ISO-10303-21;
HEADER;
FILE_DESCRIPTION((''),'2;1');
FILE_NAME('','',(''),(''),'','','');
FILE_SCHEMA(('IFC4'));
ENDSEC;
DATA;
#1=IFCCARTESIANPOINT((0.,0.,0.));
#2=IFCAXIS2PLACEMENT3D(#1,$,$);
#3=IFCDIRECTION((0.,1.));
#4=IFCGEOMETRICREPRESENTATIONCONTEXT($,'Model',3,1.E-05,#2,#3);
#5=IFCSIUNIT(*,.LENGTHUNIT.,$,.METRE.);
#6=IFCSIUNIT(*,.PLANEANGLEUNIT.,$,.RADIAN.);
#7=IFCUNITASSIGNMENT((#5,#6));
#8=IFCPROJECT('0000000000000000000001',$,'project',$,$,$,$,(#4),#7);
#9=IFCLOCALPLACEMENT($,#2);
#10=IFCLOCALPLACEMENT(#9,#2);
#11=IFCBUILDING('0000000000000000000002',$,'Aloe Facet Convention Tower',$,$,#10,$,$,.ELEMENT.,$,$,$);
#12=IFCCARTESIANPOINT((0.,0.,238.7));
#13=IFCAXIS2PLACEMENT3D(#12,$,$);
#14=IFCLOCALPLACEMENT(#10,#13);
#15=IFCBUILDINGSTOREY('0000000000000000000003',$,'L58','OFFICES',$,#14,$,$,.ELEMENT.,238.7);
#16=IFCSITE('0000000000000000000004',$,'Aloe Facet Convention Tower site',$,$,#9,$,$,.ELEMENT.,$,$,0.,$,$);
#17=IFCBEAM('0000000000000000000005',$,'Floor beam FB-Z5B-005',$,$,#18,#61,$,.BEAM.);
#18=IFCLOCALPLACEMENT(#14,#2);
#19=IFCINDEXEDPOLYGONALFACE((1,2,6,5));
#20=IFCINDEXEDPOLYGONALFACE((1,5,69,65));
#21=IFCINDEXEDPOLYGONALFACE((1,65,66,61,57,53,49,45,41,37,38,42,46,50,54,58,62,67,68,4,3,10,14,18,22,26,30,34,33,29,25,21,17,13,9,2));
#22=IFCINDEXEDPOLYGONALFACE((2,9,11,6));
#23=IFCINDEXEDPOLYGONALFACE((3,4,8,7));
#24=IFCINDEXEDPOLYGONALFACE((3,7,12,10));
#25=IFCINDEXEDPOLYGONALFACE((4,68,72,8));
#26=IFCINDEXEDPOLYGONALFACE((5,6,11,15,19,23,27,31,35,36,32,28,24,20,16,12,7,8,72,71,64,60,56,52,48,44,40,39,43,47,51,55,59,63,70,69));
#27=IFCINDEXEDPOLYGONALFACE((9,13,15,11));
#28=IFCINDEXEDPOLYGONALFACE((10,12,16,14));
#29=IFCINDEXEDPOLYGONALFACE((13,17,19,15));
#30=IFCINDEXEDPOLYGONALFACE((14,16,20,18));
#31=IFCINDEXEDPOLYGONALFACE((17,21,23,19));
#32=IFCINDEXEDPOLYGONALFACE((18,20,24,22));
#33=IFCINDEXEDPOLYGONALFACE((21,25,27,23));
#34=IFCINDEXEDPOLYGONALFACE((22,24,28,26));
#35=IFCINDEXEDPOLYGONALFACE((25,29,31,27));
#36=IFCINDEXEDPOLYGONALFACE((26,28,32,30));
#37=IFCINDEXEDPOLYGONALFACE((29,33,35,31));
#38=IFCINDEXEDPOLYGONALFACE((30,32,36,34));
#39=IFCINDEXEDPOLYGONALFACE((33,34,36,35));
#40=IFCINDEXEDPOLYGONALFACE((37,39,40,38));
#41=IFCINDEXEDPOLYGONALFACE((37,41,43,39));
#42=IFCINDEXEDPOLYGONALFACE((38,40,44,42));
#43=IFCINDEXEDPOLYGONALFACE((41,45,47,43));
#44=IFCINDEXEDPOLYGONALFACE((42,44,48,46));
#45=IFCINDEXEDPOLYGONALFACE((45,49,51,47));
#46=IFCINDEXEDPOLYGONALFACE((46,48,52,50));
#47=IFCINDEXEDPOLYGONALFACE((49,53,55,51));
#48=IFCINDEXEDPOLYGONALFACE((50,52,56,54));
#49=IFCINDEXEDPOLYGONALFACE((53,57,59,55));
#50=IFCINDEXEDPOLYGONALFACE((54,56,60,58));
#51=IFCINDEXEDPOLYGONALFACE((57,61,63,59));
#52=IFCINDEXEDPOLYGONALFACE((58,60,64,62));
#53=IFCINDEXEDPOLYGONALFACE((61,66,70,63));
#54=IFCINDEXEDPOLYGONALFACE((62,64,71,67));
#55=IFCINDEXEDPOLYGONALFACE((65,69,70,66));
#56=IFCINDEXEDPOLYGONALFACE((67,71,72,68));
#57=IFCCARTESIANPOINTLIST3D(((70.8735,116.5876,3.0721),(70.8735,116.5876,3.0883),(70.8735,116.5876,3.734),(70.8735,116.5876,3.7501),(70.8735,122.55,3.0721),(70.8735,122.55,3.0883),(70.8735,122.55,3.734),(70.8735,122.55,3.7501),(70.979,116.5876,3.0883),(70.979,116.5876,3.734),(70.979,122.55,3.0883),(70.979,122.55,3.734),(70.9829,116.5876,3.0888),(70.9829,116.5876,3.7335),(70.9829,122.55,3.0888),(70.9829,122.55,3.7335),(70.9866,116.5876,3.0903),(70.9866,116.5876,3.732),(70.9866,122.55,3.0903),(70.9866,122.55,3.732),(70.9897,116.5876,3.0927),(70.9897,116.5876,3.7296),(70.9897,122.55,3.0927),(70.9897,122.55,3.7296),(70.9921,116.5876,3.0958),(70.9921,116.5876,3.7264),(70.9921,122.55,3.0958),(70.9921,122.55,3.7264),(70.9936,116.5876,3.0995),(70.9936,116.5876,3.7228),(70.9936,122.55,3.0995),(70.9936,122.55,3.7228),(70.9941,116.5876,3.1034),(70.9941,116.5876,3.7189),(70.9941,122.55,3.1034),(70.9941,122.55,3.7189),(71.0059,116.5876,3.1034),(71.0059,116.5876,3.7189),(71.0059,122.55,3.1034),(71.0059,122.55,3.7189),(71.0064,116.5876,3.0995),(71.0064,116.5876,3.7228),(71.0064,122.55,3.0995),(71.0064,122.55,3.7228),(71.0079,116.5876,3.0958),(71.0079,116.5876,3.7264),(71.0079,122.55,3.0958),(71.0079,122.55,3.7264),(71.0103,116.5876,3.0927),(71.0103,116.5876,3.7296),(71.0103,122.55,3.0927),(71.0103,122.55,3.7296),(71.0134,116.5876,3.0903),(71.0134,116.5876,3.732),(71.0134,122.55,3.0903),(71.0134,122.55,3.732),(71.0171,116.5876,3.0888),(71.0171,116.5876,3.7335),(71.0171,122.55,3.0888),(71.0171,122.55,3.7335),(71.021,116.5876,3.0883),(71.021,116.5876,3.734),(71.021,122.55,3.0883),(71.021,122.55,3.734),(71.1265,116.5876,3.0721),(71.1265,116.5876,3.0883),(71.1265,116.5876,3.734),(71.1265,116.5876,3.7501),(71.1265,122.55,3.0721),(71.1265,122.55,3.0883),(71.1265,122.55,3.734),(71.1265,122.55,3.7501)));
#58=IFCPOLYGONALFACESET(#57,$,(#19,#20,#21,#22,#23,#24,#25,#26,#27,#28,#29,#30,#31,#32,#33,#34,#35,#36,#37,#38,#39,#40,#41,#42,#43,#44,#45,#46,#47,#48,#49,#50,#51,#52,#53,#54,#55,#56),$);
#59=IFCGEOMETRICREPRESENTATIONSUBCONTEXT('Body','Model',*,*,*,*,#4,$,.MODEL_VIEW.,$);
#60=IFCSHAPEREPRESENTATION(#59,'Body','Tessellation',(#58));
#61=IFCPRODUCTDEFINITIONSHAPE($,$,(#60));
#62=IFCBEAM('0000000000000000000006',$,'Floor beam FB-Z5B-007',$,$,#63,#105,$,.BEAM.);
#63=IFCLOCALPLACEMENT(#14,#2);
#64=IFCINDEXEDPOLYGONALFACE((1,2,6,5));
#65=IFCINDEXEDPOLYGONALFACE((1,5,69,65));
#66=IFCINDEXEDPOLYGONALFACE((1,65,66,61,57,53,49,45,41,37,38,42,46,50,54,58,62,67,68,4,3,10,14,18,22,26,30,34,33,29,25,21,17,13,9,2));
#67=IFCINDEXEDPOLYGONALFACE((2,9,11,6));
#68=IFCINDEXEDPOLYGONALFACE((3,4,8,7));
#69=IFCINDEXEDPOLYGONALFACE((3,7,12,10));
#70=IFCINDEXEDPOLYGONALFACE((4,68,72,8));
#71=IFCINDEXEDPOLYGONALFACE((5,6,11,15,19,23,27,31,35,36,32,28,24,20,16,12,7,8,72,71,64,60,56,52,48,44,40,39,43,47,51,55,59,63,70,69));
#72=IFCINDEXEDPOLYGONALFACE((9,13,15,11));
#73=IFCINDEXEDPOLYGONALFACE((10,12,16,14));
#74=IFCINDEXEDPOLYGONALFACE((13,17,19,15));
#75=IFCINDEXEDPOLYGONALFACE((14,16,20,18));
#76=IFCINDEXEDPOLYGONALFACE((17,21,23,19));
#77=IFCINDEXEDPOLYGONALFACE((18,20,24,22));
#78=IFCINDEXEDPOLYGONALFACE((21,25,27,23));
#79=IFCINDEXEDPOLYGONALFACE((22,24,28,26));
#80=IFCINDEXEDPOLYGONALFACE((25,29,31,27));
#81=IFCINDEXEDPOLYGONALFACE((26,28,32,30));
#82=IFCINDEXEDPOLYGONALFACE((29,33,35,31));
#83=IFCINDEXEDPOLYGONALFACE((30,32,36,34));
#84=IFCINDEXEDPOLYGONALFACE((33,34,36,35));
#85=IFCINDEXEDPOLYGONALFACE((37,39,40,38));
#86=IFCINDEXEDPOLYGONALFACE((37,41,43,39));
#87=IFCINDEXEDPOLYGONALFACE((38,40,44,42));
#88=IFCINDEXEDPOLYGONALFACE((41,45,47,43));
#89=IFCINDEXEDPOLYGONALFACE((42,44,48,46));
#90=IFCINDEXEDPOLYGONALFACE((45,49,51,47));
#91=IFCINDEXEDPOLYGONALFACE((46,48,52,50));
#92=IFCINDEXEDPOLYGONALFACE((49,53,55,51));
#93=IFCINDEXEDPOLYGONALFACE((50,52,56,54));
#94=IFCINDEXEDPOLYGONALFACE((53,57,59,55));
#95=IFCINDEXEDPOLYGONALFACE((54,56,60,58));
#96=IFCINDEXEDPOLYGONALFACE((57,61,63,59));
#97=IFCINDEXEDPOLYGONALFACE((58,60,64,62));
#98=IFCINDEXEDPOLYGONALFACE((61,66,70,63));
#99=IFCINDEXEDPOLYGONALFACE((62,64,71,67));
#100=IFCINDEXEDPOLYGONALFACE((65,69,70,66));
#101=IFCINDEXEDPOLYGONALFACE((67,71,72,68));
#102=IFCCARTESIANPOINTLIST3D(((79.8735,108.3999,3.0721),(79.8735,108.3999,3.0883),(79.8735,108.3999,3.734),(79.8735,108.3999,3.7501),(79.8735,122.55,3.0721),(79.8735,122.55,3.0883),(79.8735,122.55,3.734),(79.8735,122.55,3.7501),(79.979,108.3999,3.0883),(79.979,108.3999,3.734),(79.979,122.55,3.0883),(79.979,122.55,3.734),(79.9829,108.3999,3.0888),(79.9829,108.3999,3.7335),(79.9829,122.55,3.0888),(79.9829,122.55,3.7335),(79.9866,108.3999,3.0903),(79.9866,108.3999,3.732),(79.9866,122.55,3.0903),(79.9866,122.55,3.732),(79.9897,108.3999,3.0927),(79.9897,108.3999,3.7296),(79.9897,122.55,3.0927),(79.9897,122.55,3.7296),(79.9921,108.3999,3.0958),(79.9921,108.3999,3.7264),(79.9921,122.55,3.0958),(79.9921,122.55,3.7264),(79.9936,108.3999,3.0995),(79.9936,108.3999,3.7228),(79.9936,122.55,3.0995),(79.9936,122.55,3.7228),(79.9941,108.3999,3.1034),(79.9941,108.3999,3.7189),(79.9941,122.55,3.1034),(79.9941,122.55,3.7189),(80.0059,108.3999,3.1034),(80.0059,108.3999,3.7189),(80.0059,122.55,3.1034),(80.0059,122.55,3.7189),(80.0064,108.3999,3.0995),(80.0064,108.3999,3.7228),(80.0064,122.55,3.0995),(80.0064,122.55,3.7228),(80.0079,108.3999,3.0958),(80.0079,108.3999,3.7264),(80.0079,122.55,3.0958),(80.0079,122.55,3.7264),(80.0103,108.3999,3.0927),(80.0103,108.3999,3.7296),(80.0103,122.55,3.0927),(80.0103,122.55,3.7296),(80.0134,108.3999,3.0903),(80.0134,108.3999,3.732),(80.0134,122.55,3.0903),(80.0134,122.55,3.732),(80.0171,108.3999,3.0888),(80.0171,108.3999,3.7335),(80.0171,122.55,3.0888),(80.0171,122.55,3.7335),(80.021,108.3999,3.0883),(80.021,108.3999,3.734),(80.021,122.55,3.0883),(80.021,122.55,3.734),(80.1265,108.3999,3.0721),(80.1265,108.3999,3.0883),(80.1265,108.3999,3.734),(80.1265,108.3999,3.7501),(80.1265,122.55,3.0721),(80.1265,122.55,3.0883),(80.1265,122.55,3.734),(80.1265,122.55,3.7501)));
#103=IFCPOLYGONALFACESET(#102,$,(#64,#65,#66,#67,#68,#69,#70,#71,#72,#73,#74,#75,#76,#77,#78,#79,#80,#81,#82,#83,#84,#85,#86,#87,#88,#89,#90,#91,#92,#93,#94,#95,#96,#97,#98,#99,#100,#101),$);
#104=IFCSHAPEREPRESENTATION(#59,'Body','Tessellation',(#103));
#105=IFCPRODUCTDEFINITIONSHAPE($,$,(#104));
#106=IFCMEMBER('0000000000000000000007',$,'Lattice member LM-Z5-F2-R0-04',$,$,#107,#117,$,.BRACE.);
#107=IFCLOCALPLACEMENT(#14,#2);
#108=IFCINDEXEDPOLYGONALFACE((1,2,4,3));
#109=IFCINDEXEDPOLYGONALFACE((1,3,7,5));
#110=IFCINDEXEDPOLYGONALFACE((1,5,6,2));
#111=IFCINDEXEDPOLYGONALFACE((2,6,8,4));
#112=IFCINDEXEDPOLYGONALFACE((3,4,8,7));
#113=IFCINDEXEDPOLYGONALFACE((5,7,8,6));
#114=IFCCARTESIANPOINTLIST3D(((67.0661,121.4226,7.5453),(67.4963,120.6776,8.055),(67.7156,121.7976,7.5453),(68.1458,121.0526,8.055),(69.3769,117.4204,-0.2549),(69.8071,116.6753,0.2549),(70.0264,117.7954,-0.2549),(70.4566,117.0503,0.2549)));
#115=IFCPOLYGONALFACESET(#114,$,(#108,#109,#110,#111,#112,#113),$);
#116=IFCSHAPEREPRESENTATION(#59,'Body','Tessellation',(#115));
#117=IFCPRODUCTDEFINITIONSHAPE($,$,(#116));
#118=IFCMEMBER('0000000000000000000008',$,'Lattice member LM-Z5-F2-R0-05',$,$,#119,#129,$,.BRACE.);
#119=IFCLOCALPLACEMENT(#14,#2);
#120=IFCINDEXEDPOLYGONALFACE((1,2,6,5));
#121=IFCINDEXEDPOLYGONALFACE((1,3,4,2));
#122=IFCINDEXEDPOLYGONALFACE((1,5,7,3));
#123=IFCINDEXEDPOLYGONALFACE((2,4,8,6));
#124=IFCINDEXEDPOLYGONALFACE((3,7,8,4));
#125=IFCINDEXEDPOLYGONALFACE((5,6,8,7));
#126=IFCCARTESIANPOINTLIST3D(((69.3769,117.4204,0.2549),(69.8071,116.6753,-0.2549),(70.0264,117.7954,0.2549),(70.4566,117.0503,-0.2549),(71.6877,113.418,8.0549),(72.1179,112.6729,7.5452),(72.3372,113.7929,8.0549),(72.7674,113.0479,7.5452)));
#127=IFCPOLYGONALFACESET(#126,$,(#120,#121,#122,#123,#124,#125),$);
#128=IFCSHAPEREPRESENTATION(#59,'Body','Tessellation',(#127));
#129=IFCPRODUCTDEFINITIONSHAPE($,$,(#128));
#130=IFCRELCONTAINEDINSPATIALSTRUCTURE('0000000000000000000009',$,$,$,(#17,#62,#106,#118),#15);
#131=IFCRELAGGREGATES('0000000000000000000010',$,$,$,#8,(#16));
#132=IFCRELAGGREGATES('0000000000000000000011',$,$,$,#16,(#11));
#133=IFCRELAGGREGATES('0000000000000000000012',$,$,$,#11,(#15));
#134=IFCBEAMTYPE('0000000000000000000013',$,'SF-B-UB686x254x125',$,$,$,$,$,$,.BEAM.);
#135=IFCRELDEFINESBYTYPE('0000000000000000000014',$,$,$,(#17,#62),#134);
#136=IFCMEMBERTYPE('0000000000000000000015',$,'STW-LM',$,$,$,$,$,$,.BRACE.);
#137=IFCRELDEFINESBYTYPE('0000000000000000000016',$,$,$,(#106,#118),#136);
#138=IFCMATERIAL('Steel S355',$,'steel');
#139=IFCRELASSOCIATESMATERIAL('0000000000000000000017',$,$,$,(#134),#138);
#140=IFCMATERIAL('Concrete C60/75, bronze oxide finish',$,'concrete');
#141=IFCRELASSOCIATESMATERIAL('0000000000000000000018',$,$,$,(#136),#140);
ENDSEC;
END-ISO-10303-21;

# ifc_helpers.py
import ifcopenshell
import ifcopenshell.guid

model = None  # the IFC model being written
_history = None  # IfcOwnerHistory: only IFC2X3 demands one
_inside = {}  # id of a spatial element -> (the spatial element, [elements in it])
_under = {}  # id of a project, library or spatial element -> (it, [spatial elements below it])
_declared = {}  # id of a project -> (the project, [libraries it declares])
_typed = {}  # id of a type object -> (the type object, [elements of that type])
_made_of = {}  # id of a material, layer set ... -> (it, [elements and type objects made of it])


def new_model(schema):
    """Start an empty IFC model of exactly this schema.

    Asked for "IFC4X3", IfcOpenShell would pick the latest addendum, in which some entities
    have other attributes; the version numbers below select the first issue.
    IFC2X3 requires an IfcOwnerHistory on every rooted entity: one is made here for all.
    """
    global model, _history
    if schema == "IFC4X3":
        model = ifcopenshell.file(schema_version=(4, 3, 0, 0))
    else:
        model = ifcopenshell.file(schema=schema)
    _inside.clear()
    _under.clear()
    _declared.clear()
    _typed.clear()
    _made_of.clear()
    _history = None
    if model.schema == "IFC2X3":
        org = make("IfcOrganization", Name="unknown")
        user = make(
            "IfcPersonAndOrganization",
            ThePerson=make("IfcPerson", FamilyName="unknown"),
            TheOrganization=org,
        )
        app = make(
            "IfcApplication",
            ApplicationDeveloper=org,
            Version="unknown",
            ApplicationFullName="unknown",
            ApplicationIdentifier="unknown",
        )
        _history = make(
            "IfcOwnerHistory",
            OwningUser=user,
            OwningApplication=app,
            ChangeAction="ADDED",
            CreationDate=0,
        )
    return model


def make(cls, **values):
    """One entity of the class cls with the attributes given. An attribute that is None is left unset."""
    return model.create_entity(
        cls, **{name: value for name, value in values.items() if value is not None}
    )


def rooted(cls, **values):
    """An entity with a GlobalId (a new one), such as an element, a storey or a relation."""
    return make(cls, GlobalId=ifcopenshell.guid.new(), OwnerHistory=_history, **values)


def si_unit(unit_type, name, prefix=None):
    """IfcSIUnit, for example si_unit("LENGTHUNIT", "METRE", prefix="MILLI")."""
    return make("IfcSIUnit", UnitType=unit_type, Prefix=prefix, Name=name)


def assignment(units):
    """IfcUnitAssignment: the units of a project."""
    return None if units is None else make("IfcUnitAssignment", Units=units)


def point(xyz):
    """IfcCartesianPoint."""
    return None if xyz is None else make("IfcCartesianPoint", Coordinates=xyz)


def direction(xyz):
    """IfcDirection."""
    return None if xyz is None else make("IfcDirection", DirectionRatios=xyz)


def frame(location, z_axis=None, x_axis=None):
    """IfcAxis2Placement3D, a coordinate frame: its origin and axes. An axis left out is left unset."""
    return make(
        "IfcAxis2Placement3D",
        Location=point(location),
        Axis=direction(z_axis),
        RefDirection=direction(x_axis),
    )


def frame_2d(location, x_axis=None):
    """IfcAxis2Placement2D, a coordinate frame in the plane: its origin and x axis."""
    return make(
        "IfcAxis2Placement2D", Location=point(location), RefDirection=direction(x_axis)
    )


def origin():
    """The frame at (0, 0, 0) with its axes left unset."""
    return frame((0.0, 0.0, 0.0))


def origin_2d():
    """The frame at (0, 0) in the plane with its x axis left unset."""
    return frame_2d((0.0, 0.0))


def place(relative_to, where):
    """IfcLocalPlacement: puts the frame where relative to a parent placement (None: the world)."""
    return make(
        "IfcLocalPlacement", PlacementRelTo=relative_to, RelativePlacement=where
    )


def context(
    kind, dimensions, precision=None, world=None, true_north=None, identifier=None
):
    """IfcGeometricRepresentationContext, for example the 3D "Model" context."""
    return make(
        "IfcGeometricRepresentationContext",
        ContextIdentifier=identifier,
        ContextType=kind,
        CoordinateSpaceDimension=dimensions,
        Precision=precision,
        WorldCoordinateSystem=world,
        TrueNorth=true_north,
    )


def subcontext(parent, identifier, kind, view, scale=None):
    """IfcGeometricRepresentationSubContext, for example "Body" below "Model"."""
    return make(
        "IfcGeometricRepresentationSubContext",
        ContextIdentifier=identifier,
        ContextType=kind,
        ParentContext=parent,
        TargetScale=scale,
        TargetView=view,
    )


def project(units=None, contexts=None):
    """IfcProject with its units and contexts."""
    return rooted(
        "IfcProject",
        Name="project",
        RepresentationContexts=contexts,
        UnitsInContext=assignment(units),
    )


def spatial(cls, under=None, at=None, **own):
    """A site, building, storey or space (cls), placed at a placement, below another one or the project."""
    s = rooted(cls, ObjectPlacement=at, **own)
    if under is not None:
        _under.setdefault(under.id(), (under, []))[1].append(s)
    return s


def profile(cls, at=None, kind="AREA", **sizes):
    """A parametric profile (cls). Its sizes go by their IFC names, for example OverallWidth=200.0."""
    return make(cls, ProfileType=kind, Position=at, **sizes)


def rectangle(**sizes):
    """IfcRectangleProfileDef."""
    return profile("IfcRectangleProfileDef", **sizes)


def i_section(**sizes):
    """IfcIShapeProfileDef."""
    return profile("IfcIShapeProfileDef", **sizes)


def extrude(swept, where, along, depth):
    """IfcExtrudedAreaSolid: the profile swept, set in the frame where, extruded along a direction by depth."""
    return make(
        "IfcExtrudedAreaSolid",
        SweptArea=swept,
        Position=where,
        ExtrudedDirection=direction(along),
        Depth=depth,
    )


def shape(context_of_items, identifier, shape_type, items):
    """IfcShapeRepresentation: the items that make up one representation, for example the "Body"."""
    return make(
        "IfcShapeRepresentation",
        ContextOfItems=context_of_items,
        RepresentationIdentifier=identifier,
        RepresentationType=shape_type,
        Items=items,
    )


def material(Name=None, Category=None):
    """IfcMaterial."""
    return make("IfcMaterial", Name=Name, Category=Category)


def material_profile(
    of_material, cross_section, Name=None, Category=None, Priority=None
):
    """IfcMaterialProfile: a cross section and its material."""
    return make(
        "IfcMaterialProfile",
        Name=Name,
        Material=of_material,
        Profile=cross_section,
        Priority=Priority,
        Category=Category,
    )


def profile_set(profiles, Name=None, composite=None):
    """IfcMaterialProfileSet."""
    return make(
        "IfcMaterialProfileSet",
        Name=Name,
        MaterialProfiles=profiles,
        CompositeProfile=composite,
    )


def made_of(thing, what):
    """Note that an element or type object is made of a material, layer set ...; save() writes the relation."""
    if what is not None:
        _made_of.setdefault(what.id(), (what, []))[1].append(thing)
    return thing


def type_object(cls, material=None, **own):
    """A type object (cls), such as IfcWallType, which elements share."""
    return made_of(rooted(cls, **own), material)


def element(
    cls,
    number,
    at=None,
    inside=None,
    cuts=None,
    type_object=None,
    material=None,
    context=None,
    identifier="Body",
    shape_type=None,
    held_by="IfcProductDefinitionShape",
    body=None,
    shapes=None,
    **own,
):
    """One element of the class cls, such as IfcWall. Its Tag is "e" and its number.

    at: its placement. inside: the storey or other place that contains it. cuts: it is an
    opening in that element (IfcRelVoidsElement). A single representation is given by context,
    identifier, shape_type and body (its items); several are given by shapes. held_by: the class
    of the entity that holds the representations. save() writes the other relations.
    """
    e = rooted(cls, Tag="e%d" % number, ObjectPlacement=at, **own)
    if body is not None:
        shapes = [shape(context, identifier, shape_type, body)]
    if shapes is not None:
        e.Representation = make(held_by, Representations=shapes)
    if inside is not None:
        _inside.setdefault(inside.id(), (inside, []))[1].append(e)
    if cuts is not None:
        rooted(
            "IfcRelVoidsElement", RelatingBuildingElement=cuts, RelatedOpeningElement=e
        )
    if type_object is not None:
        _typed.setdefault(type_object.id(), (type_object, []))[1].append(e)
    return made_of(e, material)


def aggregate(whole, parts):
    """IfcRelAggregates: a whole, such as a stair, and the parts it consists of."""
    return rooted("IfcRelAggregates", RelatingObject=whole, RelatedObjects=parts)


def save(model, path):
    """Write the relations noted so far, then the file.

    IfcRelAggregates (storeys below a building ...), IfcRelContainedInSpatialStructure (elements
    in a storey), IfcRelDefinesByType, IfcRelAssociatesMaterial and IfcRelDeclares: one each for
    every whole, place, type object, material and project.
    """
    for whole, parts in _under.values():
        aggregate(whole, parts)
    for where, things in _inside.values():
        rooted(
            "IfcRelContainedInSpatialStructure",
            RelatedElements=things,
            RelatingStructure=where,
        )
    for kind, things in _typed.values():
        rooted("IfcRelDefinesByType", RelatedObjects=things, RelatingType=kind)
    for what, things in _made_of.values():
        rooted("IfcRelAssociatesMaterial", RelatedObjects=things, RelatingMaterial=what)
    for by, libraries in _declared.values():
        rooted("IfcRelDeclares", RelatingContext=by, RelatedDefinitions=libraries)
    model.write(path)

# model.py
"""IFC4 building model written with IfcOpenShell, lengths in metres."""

from ifc_helpers import new_model, si_unit, direction, frame, origin, origin_2d, place, context, subcontext, project, spatial, rectangle, i_section, extrude, material, material_profile, profile_set, type_object, element, save


model = new_model("IFC4")

# Units and contexts
model_context = context("Model", 3, precision=1e-05, world=origin(), true_north=direction((0.0, 1.0)))
body_context = subcontext(model_context, "Body", "Model", "MODEL_VIEW")
ifc_project = project(units=[si_unit("LENGTHUNIT", "METRE"), si_unit("PLANEANGLEUNIT", "RADIAN")], contexts=[model_context])

# Site, building, storey
site_placement = place(None, origin())
site = spatial("IfcSite", under=ifc_project, at=site_placement, Name="Aloe Facet Convention Tower site", CompositionType="ELEMENT", RefElevation=0.0)
building_placement = place(site_placement, origin())
building = spatial("IfcBuilding", under=site, at=building_placement, Name="Aloe Facet Convention Tower", CompositionType="ELEMENT")
storey_placement = place(building_placement, frame((0.0, 0.0, 238.7)))
storey = spatial("IfcBuildingStorey", under=building, at=storey_placement, Name="L58", Description="OFFICES", CompositionType="ELEMENT", Elevation=238.7)

# Beams
ifc_material_1 = material(Name="Steel S355", Category="steel")
ifc_material_profile_1 = material_profile(ifc_material_1, i_section(OverallWidth=0.2529, OverallDepth=0.678, WebThickness=0.0117, FlangeThickness=0.0161, FilletRadius=0.0151, at=origin_2d()), Name="UB 686x254x125")
ifc_profile_set_1 = profile_set([ifc_material_profile_1], Name="Steel S355")
beam_type_1 = type_object("IfcBeamType", Name="SF-B-UB686x254x125", PredefinedType="BEAM", material=ifc_profile_set_1)
beam_1_placement = place(storey_placement, frame((71.0, 122.55, 3.4111), z_axis=(0.0, -1.0, 0.0), x_axis=(1.0, 0.0, 0.0)))
element("IfcBeam", 1, at=beam_1_placement, inside=storey, type_object=beam_type_1, Name="Floor beam FB-Z5B-005", PredefinedType="BEAM", context=body_context, shape_type="SweptSolid", body=[
    extrude(i_section(OverallWidth=0.2529, OverallDepth=0.678, WebThickness=0.0117, FlangeThickness=0.0161, FilletRadius=0.0151, at=origin_2d()), origin(), (0.0, 0.0, 1.0), 5.9624),
])
beam_2_placement = place(storey_placement, frame((80.0, 122.55, 3.4111), z_axis=(0.0, -1.0, 0.0), x_axis=(1.0, 0.0, 0.0)))
element("IfcBeam", 2, at=beam_2_placement, inside=storey, type_object=beam_type_1, Name="Floor beam FB-Z5B-007", PredefinedType="BEAM", context=body_context, shape_type="SweptSolid", body=[
    extrude(i_section(OverallWidth=0.2529, OverallDepth=0.678, WebThickness=0.0117, FlangeThickness=0.0161, FilletRadius=0.0151, at=origin_2d()), origin(), (0.0, 0.0, 1.0), 14.1501),
])

# Members
ifc_material_2 = material(Name="Concrete C60/75, bronze oxide finish", Category="concrete")
ifc_material_profile_2 = material_profile(ifc_material_2, rectangle(XDim=0.75, YDim=1.0, at=origin_2d()), Name="STW-LM")
ifc_profile_set_2 = profile_set([ifc_material_profile_2], Name="Concrete C60/75, bronze oxide finish")
member_type = type_object("IfcMemberType", Name="STW-LM", PredefinedType="BRACE", material=ifc_profile_set_2)
for number, where, z_axis, x_axis, name in (
    (3, (69.9167, 117.2354, 0.0), (-0.254876, 0.441436, 0.860333), (-0.866014, -0.50002, 0.0), "Lattice member LM-Z5-F2-R0-04"),
    (4, (69.9167, 117.2354, 0.0), (0.254873, -0.441458, 0.860322), (0.866027, 0.499997, 0.0), "Lattice member LM-Z5-F2-R0-05"),
):
    element("IfcMember", number, at=place(storey_placement, frame(where, z_axis=z_axis, x_axis=x_axis)), inside=storey, type_object=member_type, Name=name, PredefinedType="BRACE", context=body_context, shape_type="SweptSolid", body=[
        extrude(rectangle(XDim=0.75, YDim=1.0, at=origin_2d()), origin(), (0.0, 0.0, 1.0), 9.0664),
    ])

save(model, "model.ifc")
